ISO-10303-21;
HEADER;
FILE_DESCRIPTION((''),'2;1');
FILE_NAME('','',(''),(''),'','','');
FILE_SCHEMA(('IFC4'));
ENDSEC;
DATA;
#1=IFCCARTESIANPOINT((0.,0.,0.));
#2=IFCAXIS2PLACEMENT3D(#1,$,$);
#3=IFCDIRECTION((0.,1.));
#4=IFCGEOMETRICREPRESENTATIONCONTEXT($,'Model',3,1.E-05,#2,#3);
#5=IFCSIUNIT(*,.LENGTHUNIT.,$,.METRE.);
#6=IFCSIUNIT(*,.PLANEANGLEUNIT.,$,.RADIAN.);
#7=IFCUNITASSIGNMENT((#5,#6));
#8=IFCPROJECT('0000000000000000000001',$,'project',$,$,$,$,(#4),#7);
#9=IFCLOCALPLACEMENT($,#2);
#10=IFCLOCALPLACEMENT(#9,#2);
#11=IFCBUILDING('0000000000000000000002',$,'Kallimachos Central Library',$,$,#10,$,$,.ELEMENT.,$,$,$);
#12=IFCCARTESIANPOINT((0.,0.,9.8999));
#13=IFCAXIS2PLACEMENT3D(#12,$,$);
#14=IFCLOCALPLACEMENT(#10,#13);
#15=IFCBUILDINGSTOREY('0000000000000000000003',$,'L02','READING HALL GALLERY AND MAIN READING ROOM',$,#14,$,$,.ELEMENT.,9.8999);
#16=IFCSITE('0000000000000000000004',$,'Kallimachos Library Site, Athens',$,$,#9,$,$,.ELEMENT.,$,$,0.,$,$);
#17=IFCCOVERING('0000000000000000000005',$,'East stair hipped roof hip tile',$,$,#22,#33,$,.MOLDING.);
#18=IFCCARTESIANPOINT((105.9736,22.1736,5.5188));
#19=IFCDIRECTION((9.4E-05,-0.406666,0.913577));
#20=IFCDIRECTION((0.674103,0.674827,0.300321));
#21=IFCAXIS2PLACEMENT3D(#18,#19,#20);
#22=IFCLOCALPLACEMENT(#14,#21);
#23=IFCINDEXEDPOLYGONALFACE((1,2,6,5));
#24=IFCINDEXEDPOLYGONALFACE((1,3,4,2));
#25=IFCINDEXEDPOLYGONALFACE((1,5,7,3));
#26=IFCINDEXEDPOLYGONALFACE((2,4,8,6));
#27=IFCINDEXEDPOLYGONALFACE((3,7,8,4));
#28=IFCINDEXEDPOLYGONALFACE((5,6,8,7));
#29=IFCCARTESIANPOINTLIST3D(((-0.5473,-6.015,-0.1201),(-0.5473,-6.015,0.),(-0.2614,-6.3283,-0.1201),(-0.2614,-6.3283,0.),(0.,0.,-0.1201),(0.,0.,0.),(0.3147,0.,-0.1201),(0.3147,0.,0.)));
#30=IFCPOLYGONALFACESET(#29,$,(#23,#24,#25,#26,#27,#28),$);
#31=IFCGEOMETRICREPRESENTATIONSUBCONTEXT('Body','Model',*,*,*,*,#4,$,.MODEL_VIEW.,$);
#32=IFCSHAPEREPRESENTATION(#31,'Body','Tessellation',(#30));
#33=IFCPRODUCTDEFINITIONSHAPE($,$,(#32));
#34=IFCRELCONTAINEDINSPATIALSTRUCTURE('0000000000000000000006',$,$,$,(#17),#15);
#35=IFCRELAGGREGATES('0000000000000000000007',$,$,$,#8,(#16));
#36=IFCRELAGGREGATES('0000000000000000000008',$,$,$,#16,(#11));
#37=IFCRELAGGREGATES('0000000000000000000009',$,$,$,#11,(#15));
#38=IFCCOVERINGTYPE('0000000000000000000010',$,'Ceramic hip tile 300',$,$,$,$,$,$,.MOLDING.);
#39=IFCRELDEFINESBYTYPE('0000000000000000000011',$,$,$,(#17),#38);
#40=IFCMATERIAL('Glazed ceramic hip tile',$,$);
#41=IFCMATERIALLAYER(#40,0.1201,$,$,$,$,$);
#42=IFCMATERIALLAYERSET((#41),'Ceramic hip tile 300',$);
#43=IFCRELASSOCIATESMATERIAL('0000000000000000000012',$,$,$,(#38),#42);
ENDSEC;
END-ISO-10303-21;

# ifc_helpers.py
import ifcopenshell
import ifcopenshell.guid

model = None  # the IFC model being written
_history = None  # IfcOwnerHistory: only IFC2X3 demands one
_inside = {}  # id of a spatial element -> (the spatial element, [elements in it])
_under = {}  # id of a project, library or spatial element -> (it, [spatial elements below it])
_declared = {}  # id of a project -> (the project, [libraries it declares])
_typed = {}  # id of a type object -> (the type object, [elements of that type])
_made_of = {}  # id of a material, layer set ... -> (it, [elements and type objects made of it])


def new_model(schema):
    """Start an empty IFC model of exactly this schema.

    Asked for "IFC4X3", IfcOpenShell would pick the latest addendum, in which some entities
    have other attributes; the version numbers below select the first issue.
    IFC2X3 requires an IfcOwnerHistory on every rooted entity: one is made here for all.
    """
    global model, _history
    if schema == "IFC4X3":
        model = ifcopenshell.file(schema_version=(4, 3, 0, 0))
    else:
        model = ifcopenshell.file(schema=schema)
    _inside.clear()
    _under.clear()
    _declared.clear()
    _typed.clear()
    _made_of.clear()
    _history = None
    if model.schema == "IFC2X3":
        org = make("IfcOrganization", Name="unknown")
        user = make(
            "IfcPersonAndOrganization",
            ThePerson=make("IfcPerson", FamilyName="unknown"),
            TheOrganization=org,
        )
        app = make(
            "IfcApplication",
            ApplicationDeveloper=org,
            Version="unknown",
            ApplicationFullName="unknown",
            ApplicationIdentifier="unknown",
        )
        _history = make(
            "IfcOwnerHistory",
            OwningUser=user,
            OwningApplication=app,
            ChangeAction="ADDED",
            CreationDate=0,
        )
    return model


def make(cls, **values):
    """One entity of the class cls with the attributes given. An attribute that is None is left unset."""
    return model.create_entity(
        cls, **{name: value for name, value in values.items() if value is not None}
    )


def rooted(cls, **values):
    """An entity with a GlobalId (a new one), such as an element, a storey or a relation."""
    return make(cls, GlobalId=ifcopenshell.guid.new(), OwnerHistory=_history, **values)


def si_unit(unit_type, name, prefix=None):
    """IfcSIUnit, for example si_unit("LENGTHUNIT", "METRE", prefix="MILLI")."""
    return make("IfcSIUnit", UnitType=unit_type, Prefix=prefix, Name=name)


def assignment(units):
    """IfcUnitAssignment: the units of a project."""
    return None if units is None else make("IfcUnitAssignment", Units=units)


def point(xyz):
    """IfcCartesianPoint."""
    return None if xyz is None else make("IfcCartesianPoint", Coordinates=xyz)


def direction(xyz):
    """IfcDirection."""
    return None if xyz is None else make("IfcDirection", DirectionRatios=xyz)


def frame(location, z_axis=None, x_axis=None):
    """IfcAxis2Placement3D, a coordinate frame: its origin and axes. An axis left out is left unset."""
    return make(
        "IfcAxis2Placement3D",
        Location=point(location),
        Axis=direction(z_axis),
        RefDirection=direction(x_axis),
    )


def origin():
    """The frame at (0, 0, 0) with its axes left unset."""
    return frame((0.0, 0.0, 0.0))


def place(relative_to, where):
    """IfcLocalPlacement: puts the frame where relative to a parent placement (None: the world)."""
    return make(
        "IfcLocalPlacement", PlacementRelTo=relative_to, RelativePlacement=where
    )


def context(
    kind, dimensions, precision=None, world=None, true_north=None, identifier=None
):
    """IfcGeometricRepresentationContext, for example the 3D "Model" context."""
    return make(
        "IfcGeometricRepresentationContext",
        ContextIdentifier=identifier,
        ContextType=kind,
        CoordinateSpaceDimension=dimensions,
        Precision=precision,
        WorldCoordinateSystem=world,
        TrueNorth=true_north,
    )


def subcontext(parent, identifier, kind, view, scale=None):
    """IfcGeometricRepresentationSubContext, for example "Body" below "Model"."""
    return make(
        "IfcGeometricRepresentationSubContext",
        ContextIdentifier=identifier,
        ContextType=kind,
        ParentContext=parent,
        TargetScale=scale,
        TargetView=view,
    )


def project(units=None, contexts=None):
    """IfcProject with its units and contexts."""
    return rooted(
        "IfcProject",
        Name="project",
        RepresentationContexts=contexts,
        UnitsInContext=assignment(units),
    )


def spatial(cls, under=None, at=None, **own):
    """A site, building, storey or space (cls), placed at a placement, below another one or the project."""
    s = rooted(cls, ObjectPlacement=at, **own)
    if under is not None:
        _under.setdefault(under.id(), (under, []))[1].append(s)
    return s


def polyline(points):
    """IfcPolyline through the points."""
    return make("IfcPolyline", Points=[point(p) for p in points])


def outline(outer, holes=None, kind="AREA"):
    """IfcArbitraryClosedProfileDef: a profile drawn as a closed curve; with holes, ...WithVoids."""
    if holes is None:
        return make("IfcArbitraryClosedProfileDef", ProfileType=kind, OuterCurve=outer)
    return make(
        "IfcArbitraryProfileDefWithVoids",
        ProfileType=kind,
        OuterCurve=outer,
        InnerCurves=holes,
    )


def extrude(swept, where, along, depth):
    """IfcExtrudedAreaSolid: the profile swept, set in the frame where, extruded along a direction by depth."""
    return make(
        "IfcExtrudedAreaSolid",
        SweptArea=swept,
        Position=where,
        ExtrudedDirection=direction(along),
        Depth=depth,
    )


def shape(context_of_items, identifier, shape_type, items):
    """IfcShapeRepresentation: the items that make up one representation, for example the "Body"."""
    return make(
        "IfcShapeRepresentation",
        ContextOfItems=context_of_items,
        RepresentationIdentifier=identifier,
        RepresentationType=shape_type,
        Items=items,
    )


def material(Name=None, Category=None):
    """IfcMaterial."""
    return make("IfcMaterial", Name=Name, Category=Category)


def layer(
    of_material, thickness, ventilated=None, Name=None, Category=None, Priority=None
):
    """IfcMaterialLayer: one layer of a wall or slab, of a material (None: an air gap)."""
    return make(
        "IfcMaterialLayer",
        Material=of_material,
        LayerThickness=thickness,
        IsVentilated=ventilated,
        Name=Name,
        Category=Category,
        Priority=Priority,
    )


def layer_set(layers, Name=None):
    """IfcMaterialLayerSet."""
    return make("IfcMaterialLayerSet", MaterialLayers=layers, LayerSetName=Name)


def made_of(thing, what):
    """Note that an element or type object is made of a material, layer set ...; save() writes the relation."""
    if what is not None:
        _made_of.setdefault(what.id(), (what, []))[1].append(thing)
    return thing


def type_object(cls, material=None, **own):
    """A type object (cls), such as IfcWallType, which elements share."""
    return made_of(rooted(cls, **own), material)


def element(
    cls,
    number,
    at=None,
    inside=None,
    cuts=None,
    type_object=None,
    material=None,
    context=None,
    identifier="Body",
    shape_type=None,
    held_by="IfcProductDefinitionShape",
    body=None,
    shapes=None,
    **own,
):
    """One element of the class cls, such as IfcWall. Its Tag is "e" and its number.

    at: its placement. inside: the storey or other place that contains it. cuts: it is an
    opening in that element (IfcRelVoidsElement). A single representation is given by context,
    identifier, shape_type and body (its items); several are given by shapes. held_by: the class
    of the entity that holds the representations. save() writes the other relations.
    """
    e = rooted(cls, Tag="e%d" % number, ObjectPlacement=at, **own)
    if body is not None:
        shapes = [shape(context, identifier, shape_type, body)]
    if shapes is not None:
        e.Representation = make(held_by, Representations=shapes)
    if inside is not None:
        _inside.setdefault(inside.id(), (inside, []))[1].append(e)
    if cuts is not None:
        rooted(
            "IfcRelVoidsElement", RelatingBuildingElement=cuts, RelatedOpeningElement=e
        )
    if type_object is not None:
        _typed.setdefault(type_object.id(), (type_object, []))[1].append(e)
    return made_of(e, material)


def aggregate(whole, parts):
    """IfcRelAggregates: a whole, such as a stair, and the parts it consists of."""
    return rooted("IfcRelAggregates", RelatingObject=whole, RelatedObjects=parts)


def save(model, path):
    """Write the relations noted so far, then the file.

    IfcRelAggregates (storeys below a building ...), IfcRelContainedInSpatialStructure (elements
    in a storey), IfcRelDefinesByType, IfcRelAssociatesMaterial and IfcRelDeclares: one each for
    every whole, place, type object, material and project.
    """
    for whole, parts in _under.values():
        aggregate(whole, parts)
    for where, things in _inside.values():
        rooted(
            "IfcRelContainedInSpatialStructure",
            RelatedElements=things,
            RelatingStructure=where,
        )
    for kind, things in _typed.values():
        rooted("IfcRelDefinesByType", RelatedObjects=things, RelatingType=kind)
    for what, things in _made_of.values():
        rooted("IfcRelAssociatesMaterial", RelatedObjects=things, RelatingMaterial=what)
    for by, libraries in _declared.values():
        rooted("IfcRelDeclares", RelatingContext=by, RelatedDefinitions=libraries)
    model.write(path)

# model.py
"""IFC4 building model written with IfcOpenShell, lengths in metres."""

from ifc_helpers import new_model, si_unit, direction, frame, origin, place, context, subcontext, project, spatial, polyline, outline, extrude, material, layer, layer_set, type_object, element, save


model = new_model("IFC4")

# Units and contexts
model_context = context("Model", 3, precision=1e-05, world=origin(), true_north=direction((0.0, 1.0)))
body_context = subcontext(model_context, "Body", "Model", "MODEL_VIEW")
ifc_project = project(units=[si_unit("LENGTHUNIT", "METRE"), si_unit("PLANEANGLEUNIT", "RADIAN")], contexts=[model_context])

# Site, building, storey
site_placement = place(None, origin())
site = spatial("IfcSite", under=ifc_project, at=site_placement, Name="Kallimachos Library Site, Athens", CompositionType="ELEMENT", RefElevation=0.0)
building_placement = place(site_placement, origin())
building = spatial("IfcBuilding", under=site, at=building_placement, Name="Kallimachos Central Library", CompositionType="ELEMENT")
storey_placement = place(building_placement, frame((0.0, 0.0, 9.8999)))
storey = spatial("IfcBuildingStorey", under=building, at=storey_placement, Name="L02", Description="READING HALL GALLERY AND MAIN READING ROOM", CompositionType="ELEMENT", Elevation=9.8999)

# Covering
ifc_material_1 = material(Name="Glazed ceramic hip tile")
ifc_layer_1 = layer(ifc_material_1, 0.1201)
ifc_layer_set_1 = layer_set([ifc_layer_1], Name="Ceramic hip tile 300")
covering_type_1 = type_object("IfcCoveringType", Name="Ceramic hip tile 300", PredefinedType="MOLDING", material=ifc_layer_set_1)
covering_1_placement = place(storey_placement, frame((105.9736, 22.1736, 5.5188), z_axis=(0.000094, -0.406666, 0.913577), x_axis=(0.674103, 0.674827, 0.300321)))
element("IfcCovering", 1, at=covering_1_placement, inside=storey, type_object=covering_type_1, Name="East stair hipped roof hip tile", PredefinedType="MOLDING", context=body_context, shape_type="SweptSolid", body=[
    extrude(outline(polyline([(0.0, 0.0), (0.3147, 0.0), (-0.2614, -6.3283), (-0.5473, -6.015), (0.0, 0.0)])), origin(), (0.0, 0.0, -1.0), 0.1201),
])

save(model, "model.ifc")
